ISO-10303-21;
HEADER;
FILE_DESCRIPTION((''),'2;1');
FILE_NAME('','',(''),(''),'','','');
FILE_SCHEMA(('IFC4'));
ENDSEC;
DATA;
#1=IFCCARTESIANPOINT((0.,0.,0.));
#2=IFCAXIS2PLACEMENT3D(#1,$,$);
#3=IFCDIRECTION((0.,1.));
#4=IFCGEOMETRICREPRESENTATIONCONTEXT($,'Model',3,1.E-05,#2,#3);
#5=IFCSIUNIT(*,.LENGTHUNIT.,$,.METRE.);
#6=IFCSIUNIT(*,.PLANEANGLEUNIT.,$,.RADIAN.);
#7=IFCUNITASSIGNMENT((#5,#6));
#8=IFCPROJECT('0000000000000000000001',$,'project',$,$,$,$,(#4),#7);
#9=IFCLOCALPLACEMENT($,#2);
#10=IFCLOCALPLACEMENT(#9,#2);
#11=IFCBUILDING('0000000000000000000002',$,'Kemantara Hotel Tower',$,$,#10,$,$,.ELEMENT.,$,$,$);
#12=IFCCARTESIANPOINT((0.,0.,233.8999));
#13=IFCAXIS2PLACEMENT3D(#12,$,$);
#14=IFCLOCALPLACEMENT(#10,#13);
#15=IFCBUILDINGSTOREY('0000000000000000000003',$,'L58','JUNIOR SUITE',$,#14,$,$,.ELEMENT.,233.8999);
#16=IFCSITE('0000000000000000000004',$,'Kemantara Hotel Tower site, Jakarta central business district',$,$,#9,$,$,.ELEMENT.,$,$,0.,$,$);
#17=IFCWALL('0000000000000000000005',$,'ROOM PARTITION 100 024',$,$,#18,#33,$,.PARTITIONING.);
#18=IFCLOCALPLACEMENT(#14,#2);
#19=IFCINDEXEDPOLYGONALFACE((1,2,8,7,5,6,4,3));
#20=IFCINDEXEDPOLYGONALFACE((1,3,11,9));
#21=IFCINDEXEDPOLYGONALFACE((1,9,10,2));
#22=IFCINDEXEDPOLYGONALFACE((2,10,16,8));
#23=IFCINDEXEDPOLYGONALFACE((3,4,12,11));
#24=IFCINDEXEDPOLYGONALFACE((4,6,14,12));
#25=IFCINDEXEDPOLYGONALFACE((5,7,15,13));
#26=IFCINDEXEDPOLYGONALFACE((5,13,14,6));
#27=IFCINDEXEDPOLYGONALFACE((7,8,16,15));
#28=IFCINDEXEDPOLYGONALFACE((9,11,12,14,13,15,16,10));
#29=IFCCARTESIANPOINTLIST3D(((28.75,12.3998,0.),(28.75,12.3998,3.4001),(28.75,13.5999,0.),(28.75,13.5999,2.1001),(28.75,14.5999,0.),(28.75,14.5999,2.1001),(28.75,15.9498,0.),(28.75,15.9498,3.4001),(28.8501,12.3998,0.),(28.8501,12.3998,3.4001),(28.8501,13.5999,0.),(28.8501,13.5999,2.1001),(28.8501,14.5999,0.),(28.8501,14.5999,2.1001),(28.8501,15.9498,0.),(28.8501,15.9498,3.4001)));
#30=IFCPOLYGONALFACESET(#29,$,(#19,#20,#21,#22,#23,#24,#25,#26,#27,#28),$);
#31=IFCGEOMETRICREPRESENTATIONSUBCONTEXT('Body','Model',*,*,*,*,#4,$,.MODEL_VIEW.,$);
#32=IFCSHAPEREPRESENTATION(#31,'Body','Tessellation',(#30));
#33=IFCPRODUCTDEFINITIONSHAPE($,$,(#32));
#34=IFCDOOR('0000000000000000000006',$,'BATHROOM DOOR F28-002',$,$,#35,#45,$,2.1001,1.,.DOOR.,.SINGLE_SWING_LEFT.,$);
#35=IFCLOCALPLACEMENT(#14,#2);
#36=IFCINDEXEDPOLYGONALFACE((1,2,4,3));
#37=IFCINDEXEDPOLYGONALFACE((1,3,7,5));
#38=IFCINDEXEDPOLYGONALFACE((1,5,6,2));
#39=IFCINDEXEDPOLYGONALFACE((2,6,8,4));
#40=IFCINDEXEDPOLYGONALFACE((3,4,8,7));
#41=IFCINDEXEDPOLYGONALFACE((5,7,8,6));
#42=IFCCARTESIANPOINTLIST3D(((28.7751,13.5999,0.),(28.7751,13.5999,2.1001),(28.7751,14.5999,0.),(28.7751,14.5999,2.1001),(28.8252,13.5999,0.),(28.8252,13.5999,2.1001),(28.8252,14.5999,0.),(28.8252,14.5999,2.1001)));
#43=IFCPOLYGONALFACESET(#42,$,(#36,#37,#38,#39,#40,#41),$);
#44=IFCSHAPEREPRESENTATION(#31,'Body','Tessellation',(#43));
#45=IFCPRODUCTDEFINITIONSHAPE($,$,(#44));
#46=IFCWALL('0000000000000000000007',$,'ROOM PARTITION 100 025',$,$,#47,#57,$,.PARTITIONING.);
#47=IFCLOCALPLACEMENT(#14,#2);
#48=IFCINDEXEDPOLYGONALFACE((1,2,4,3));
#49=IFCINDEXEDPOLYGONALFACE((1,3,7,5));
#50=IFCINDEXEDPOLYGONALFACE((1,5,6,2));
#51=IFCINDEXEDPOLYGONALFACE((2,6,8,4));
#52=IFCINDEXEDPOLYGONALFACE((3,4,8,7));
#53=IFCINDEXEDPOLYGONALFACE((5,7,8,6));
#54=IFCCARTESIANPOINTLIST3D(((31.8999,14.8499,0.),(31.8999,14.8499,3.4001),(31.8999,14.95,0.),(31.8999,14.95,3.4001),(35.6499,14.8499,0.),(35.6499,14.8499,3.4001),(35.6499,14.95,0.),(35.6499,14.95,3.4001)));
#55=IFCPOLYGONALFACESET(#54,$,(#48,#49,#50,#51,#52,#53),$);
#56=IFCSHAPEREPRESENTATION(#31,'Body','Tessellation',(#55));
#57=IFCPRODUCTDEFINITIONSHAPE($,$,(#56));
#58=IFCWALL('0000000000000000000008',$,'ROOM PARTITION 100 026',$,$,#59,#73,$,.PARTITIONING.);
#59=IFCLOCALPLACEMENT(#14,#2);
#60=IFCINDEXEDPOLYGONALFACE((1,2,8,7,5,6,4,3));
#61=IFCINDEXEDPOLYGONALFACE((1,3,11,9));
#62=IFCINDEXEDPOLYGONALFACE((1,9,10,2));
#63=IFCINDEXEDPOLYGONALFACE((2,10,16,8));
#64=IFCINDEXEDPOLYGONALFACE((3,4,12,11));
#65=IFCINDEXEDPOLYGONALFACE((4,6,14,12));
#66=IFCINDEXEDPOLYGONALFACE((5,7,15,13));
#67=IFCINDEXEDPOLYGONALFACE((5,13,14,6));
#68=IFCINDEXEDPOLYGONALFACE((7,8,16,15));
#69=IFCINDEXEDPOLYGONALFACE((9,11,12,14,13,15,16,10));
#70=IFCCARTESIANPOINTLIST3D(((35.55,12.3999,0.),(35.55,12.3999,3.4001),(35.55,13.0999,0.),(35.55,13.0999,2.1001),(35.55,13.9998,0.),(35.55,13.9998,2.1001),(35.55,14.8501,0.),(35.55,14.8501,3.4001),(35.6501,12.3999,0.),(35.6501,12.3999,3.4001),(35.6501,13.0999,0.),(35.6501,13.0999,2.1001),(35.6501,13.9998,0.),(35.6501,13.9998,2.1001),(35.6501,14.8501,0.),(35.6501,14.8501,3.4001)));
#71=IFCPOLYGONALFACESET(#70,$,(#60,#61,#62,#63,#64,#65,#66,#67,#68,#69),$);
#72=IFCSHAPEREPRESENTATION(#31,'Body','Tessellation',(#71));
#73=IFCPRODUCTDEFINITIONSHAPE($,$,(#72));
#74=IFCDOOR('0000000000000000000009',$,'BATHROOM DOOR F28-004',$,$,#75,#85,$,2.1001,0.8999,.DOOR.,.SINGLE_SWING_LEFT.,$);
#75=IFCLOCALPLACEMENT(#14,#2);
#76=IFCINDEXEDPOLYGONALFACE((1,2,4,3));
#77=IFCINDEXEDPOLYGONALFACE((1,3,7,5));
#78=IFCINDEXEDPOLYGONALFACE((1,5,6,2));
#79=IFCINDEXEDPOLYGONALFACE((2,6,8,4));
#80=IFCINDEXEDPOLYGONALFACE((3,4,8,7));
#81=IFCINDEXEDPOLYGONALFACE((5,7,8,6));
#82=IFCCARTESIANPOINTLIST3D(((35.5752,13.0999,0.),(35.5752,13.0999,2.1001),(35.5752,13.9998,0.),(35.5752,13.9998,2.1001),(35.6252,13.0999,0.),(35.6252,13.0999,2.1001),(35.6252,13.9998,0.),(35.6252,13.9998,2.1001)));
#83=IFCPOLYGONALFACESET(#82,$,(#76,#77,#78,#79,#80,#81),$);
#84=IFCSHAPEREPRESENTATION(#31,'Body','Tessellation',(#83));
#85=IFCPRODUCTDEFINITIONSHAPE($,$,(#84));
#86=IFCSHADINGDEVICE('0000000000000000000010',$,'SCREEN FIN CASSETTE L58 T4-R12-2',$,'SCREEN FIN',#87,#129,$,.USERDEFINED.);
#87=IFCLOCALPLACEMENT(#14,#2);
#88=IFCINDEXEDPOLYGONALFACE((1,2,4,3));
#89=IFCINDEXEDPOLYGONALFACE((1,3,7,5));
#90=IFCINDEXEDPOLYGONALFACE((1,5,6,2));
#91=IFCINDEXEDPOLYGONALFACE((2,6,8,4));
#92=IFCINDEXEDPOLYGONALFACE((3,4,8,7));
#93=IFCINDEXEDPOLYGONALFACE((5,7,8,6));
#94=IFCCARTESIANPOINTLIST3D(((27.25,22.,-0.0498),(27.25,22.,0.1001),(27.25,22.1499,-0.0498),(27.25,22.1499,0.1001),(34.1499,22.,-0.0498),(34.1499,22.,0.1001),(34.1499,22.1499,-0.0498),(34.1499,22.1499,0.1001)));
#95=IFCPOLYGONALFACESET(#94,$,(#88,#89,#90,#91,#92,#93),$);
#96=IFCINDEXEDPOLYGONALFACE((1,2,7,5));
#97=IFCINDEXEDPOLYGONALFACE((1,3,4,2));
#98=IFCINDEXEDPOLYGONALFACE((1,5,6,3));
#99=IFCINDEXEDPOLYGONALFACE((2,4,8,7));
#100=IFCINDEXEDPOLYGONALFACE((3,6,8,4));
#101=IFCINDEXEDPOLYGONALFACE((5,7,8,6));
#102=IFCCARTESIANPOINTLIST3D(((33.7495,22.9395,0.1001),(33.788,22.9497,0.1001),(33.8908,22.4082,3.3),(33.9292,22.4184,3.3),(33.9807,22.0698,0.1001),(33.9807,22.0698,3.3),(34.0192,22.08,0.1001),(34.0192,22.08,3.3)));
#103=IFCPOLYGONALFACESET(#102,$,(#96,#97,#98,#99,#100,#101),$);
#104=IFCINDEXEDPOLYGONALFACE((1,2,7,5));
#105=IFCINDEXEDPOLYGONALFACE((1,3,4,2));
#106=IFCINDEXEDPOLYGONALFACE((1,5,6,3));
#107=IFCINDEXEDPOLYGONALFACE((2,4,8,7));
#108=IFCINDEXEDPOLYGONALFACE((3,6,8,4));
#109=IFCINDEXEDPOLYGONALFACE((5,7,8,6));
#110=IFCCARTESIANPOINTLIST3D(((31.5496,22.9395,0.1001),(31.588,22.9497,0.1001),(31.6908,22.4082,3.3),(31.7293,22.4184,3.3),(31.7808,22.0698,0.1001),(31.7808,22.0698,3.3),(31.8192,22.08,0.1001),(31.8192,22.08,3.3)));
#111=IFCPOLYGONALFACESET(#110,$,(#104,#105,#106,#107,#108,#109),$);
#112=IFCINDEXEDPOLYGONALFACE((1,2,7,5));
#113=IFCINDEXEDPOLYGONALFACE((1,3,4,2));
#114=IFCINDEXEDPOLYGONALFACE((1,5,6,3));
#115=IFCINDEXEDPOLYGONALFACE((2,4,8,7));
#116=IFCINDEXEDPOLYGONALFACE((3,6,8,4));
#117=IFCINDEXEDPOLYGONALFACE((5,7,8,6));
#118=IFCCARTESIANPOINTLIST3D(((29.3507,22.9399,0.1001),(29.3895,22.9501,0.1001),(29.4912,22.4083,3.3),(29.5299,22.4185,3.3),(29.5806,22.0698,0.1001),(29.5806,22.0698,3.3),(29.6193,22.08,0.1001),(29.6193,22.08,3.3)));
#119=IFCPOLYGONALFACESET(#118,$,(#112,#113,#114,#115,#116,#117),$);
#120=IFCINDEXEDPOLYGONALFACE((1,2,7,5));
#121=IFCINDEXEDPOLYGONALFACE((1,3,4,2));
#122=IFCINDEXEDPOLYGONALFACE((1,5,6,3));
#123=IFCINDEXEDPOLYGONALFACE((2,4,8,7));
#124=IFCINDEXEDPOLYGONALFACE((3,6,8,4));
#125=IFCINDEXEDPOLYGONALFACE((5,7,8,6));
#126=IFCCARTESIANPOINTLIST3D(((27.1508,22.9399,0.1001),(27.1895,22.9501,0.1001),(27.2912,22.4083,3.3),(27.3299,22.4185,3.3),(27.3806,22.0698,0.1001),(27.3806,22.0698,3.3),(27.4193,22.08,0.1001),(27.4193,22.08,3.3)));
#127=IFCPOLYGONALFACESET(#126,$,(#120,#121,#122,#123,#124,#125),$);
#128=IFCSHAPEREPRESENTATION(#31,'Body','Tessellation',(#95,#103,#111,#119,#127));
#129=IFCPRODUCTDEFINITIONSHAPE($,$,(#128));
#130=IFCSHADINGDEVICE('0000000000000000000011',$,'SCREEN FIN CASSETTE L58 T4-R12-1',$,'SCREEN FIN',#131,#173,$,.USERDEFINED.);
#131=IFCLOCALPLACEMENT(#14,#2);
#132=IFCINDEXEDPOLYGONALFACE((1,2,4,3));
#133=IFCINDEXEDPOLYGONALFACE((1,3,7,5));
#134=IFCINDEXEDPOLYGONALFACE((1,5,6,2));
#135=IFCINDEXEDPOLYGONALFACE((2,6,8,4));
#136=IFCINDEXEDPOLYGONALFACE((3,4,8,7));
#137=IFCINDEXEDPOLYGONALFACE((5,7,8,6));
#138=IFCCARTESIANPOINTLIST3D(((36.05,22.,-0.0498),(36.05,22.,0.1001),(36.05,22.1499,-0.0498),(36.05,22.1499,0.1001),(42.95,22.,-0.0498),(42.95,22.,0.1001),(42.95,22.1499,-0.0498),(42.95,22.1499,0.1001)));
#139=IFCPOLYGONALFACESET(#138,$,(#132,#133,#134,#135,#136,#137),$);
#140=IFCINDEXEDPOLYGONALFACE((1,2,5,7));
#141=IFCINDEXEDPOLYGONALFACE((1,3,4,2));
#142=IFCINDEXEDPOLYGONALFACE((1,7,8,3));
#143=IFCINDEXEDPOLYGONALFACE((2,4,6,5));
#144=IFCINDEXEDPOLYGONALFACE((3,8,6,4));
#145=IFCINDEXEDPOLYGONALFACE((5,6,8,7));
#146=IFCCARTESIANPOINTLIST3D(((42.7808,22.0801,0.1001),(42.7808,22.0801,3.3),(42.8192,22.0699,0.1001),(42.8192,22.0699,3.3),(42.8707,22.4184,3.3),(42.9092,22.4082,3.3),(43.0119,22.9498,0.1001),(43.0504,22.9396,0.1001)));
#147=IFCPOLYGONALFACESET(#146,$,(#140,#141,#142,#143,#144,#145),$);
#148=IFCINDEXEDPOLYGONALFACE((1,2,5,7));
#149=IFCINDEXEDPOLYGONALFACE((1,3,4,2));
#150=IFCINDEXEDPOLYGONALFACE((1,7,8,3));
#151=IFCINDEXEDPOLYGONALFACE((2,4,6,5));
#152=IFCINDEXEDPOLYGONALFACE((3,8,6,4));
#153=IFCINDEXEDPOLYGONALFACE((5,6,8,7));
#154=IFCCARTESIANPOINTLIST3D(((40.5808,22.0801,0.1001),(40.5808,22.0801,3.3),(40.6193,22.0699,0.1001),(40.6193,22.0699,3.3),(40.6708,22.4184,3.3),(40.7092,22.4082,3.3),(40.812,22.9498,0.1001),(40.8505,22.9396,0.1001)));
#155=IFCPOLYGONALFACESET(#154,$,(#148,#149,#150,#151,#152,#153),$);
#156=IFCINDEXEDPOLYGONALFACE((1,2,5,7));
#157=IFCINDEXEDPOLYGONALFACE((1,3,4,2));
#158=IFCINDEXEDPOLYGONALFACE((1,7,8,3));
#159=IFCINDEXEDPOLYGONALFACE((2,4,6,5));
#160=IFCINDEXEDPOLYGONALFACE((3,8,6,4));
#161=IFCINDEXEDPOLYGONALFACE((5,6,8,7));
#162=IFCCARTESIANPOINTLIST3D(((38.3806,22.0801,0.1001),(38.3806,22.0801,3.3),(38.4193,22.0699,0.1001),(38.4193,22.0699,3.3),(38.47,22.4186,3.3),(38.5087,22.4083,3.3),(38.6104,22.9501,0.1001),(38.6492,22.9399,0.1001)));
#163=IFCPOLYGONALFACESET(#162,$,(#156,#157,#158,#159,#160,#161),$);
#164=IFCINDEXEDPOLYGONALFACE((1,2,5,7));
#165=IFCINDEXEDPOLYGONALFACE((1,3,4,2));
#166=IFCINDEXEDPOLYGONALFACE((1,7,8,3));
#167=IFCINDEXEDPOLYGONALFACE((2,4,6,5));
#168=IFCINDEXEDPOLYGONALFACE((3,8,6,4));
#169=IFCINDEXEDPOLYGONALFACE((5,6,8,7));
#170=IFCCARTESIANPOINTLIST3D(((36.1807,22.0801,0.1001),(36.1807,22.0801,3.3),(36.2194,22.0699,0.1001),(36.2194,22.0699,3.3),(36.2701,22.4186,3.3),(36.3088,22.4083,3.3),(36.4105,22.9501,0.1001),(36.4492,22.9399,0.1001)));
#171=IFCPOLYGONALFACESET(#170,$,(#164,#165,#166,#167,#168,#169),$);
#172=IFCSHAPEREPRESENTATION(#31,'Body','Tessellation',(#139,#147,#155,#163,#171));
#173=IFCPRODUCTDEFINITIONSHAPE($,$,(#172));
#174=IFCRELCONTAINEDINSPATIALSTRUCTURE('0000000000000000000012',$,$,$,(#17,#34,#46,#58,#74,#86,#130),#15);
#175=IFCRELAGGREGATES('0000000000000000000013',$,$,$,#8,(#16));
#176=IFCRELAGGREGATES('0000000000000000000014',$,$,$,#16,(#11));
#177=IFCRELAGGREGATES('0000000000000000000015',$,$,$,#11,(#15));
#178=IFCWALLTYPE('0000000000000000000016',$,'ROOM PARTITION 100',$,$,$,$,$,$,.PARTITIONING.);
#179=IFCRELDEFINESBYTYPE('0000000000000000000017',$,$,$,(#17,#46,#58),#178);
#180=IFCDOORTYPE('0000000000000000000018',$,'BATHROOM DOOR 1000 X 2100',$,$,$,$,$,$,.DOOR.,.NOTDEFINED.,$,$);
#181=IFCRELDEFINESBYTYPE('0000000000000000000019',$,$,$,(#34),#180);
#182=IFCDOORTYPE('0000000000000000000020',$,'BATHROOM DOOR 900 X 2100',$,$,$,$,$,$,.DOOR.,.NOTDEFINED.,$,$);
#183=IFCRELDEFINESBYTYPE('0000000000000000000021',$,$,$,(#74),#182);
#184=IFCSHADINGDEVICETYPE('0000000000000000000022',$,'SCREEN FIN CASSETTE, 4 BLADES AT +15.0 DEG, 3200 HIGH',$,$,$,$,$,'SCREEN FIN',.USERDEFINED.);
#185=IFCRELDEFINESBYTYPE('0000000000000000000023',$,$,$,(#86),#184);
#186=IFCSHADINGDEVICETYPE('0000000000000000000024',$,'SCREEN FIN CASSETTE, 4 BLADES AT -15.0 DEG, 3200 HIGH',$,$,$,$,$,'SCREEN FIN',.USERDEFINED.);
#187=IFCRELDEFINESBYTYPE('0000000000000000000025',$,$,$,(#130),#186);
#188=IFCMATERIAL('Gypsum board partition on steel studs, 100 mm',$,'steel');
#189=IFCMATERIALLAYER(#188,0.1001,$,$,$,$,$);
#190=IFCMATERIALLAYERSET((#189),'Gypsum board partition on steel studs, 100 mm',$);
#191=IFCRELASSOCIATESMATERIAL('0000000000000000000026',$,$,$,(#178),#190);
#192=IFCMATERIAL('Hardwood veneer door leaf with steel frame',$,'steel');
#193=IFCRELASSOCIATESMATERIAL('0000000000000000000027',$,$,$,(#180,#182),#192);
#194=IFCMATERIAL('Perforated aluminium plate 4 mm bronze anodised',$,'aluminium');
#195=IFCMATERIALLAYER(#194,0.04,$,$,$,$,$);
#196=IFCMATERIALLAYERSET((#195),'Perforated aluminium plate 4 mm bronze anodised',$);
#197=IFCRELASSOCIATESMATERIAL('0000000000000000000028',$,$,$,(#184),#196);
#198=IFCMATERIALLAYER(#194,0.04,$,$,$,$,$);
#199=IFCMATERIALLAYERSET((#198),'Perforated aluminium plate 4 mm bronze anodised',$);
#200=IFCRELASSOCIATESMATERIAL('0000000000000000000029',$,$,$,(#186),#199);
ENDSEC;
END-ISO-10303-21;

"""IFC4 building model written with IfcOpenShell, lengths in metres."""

from ifc_helpers import new_model, si_unit, direction, frame, frame_2d, origin, origin_2d, place, context, subcontext, project, spatial, polyline, rectangle, outline, extrude, source, transform, mapped, material, layer, layer_set, type_object, element, fill, save


model = new_model("IFC4")

# Units and contexts
model_context = context("Model", 3, precision=1e-05, world=origin(), true_north=direction((0.0, 1.0)))
body_context = subcontext(model_context, "Body", "Model", "MODEL_VIEW")
ifc_project = project(units=[si_unit("LENGTHUNIT", "METRE"), si_unit("PLANEANGLEUNIT", "RADIAN")], contexts=[model_context])

# Site, building, storey
site_placement = place(None, origin())
site = spatial("IfcSite", under=ifc_project, at=site_placement, Name="Kemantara Hotel Tower site, Jakarta central business district", CompositionType="ELEMENT", RefElevation=0.0)
building_placement = place(site_placement, origin())
building = spatial("IfcBuilding", under=site, at=building_placement, Name="Kemantara Hotel Tower", CompositionType="ELEMENT")
storey_placement = place(building_placement, frame((0.0, 0.0, 233.8999)))
storey = spatial("IfcBuildingStorey", under=building, at=storey_placement, Name="L58", Description="JUNIOR SUITE", CompositionType="ELEMENT", Elevation=233.8999)

# Wall, opening, door
ifc_material_1 = material(Name="Gypsum board partition on steel studs, 100 mm", Category="steel")
ifc_layer_1 = layer(ifc_material_1, 0.1001)
ifc_layer_set_1 = layer_set([ifc_layer_1], Name="Gypsum board partition on steel studs, 100 mm")
wall_type_1 = type_object("IfcWallType", Name="ROOM PARTITION 100", PredefinedType="PARTITIONING", material=ifc_layer_set_1)
wall_1_placement = place(storey_placement, frame((28.8, 12.3999, 0.0), z_axis=(0.0, 0.0, 1.0), x_axis=(0.0, 1.0, 0.0)))
wall_1 = element("IfcWall", 1, at=wall_1_placement, inside=storey, type_object=wall_type_1, Name="ROOM PARTITION 100 024", PredefinedType="PARTITIONING", context=body_context, shape_type="SweptSolid", body=[
    extrude(rectangle(XDim=3.55, YDim=0.1001, at=frame_2d((1.7749, 0.0))), origin(), (0.0, 0.0, 1.0), 3.4001),
])
opening_1_placement = place(wall_1_placement, frame((1.2, 0.0, 0.0)))
opening_1 = element("IfcOpeningElement", 2, at=opening_1_placement, cuts=wall_1, PredefinedType="OPENING", context=body_context, shape_type="SweptSolid", body=[
    extrude(rectangle(XDim=1.0, YDim=2.1001, at=frame_2d((0.5, 1.05))), frame((0.0, 0.0601, 0.0), z_axis=(0.0, -1.0, 0.0), x_axis=(1.0, 0.0, 0.0)), (0.0, 0.0, 1.0), 0.1201),
])
ifc_material_2 = material(Name="Hardwood veneer door leaf with steel frame", Category="steel")
door_type_1 = type_object("IfcDoorType", Name="BATHROOM DOOR 1000 X 2100", OperationType="NOTDEFINED", PredefinedType="DOOR", material=ifc_material_2)
door_1_placement = place(opening_1_placement, origin())
door_1 = element("IfcDoor", 3, at=door_1_placement, inside=storey, type_object=door_type_1, Name="BATHROOM DOOR F28-002", OperationType="SINGLE_SWING_LEFT", OverallHeight=2.1001, OverallWidth=1.0, PredefinedType="DOOR", context=body_context, shape_type="SweptSolid", body=[
    extrude(rectangle(XDim=1.0, YDim=2.1001, at=frame_2d((0.5, 1.05))), frame((0.0, 0.0249, 0.0), z_axis=(0.0, -1.0, 0.0), x_axis=(1.0, 0.0, 0.0)), (0.0, 0.0, 1.0), 0.05),
])
fill(opening_1, door_1)

# Wall
wall_2_placement = place(storey_placement, frame((31.8999, 14.8999, 0.0), z_axis=(0.0, 0.0, 1.0), x_axis=(1.0, 0.0, 0.0)))
element("IfcWall", 4, at=wall_2_placement, inside=storey, type_object=wall_type_1, Name="ROOM PARTITION 100 025", PredefinedType="PARTITIONING", context=body_context, shape_type="SweptSolid", body=[
    extrude(rectangle(XDim=3.75, YDim=0.1001, at=frame_2d((1.875, 0.0))), origin(), (0.0, 0.0, 1.0), 3.4001),
])

# Wall, opening, door
wall_3_placement = place(storey_placement, frame((35.6001, 12.3999, 0.0), z_axis=(0.0, 0.0, 1.0), x_axis=(0.0, 1.0, 0.0)))
wall_3 = element("IfcWall", 5, at=wall_3_placement, inside=storey, type_object=wall_type_1, Name="ROOM PARTITION 100 026", PredefinedType="PARTITIONING", context=body_context, shape_type="SweptSolid", body=[
    extrude(rectangle(XDim=2.4502, YDim=0.1001, at=frame_2d((1.2251, 0.0))), origin(), (0.0, 0.0, 1.0), 3.4001),
])
opening_2_placement = place(wall_3_placement, frame((0.7, 0.0, 0.0)))
opening_2 = element("IfcOpeningElement", 6, at=opening_2_placement, cuts=wall_3, PredefinedType="OPENING", context=body_context, shape_type="SweptSolid", body=[
    extrude(rectangle(XDim=0.8999, YDim=2.1001, at=frame_2d((0.45, 1.05))), frame((0.0, 0.0601, 0.0), z_axis=(0.0, -1.0, 0.0), x_axis=(1.0, 0.0, 0.0)), (0.0, 0.0, 1.0), 0.1201),
])
door_type_2 = type_object("IfcDoorType", Name="BATHROOM DOOR 900 X 2100", OperationType="NOTDEFINED", PredefinedType="DOOR", material=ifc_material_2)
door_2_placement = place(opening_2_placement, origin())
door_2 = element("IfcDoor", 7, at=door_2_placement, inside=storey, type_object=door_type_2, Name="BATHROOM DOOR F28-004", OperationType="SINGLE_SWING_LEFT", OverallHeight=2.1001, OverallWidth=0.8999, PredefinedType="DOOR", context=body_context, shape_type="SweptSolid", body=[
    extrude(rectangle(XDim=0.8999, YDim=2.1001, at=frame_2d((0.45, 1.05))), frame((0.0, 0.0249, 0.0), z_axis=(0.0, -1.0, 0.0), x_axis=(1.0, 0.0, 0.0)), (0.0, 0.0, 1.0), 0.05),
])
fill(opening_2, door_2)

# Shading devices
ifc_material_3 = material(Name="Perforated aluminium plate 4 mm bronze anodised", Category="aluminium")
ifc_layer_2 = layer(ifc_material_3, 0.04)
ifc_layer_set_2 = layer_set([ifc_layer_2], Name="Perforated aluminium plate 4 mm bronze anodised")
shading_device_type_1 = type_object("IfcShadingDeviceType", Name="SCREEN FIN CASSETTE, 4 BLADES AT +15.0 DEG, 3200 HIGH", ElementType="SCREEN FIN", PredefinedType="USERDEFINED", material=ifc_layer_set_2)
shared_shape_1 = source(origin(), body_context, "Body", "SweptSolid", [
    extrude(rectangle(XDim=6.8999, YDim=0.1499, at=origin_2d()), frame((3.3, -0.075, -0.1499), z_axis=(0.0, 0.0, 1.0), x_axis=(1.0, 0.0, 0.0)), (0.0, 0.0, 1.0), 0.1499),
    extrude(outline(polyline([(0.0, 0.0), (0.8999, 0.0), (0.3501, 3.2), (0.0, 3.2), (0.0, 0.0)])), frame((0.0193, -0.0698, 0.0), z_axis=(-0.966438, -0.256901, 0.0), x_axis=(0.256901, -0.966438, 0.0)), (0.0, 0.0, 1.0), 0.0398),
    extrude(outline(polyline([(0.0, 0.0), (0.8999, 0.0), (0.3501, 3.2), (0.0, 3.2), (0.0, 0.0)])), frame((2.2192, -0.0698, 0.0), z_axis=(-0.966438, -0.256901, 0.0), x_axis=(0.256901, -0.966438, 0.0)), (0.0, 0.0, 1.0), 0.0398),
    extrude(outline(polyline([(0.0, 0.0), (0.8999, 0.0), (0.3501, 3.2), (0.0, 3.2), (0.0, 0.0)])), frame((4.4194, -0.0698, 0.0), z_axis=(-0.966838, -0.255391, 0.0), x_axis=(0.255391, -0.966838, 0.0)), (0.0, 0.0, 1.0), 0.04),
    extrude(outline(polyline([(0.0, 0.0), (0.8999, 0.0), (0.3501, 3.2), (0.0, 3.2), (0.0, 0.0)])), frame((6.6194, -0.0698, 0.0), z_axis=(-0.966838, -0.255391, 0.0), x_axis=(0.255391, -0.966838, 0.0)), (0.0, 0.0, 1.0), 0.04),
])
shading_device_1_placement = place(storey_placement, frame((34.0, 22.0, 0.1001), z_axis=(0.0, 0.0, 1.0), x_axis=(-1.0, 0.0, 0.0)))
element("IfcShadingDevice", 8, at=shading_device_1_placement, inside=storey, type_object=shading_device_type_1, Name="SCREEN FIN CASSETTE L58 T4-R12-2", ObjectType="SCREEN FIN", PredefinedType="USERDEFINED", context=body_context, shape_type="MappedRepresentation", body=[
    mapped(shared_shape_1, transform((0.0, 0.0, 0.0))),
])
ifc_layer_3 = layer(ifc_material_3, 0.04)
ifc_layer_set_3 = layer_set([ifc_layer_3], Name="Perforated aluminium plate 4 mm bronze anodised")
shading_device_type_2 = type_object("IfcShadingDeviceType", Name="SCREEN FIN CASSETTE, 4 BLADES AT -15.0 DEG, 3200 HIGH", ElementType="SCREEN FIN", PredefinedType="USERDEFINED", material=ifc_layer_set_3)
shared_shape_2 = source(origin(), body_context, "Body", "SweptSolid", [
    extrude(rectangle(XDim=6.8999, YDim=0.1499, at=origin_2d()), frame((3.3, -0.075, -0.1499), z_axis=(0.0, 0.0, 1.0), x_axis=(1.0, 0.0, 0.0)), (0.0, 0.0, 1.0), 0.1499),
    extrude(outline(polyline([(0.0, 0.0), (0.8999, 0.0), (0.3501, 3.2), (0.0, 3.2), (0.0, 0.0)])), frame((0.0193, -0.0801, 0.0), z_axis=(-0.966438, 0.256901, 0.0), x_axis=(-0.256901, -0.966438, 0.0)), (0.0, 0.0, 1.0), 0.0398),
    extrude(outline(polyline([(0.0, 0.0), (0.8999, 0.0), (0.3501, 3.2), (0.0, 3.2), (0.0, 0.0)])), frame((2.2192, -0.0801, 0.0), z_axis=(-0.966438, 0.256901, 0.0), x_axis=(-0.256901, -0.966438, 0.0)), (0.0, 0.0, 1.0), 0.0398),
    extrude(outline(polyline([(0.0, 0.0), (0.8999, 0.0), (0.3501, 3.2), (0.0, 3.2), (0.0, 0.0)])), frame((4.4194, -0.0801, 0.0), z_axis=(-0.966838, 0.255391, 0.0), x_axis=(-0.255391, -0.966838, 0.0)), (0.0, 0.0, 1.0), 0.04),
    extrude(outline(polyline([(0.0, 0.0), (0.8999, 0.0), (0.3501, 3.2), (0.0, 3.2), (0.0, 0.0)])), frame((6.6194, -0.0801, 0.0), z_axis=(-0.966838, 0.255391, 0.0), x_axis=(-0.255391, -0.966838, 0.0)), (0.0, 0.0, 1.0), 0.04),
])
shading_device_2_placement = place(storey_placement, frame((42.8, 22.0, 0.1001), z_axis=(0.0, 0.0, 1.0), x_axis=(-1.0, 0.0, 0.0)))
element("IfcShadingDevice", 9, at=shading_device_2_placement, inside=storey, type_object=shading_device_type_2, Name="SCREEN FIN CASSETTE L58 T4-R12-1", ObjectType="SCREEN FIN", PredefinedType="USERDEFINED", context=body_context, shape_type="MappedRepresentation", body=[
    mapped(shared_shape_2, transform((0.0, 0.0, 0.0))),
])

save(model, "model.ifc")
